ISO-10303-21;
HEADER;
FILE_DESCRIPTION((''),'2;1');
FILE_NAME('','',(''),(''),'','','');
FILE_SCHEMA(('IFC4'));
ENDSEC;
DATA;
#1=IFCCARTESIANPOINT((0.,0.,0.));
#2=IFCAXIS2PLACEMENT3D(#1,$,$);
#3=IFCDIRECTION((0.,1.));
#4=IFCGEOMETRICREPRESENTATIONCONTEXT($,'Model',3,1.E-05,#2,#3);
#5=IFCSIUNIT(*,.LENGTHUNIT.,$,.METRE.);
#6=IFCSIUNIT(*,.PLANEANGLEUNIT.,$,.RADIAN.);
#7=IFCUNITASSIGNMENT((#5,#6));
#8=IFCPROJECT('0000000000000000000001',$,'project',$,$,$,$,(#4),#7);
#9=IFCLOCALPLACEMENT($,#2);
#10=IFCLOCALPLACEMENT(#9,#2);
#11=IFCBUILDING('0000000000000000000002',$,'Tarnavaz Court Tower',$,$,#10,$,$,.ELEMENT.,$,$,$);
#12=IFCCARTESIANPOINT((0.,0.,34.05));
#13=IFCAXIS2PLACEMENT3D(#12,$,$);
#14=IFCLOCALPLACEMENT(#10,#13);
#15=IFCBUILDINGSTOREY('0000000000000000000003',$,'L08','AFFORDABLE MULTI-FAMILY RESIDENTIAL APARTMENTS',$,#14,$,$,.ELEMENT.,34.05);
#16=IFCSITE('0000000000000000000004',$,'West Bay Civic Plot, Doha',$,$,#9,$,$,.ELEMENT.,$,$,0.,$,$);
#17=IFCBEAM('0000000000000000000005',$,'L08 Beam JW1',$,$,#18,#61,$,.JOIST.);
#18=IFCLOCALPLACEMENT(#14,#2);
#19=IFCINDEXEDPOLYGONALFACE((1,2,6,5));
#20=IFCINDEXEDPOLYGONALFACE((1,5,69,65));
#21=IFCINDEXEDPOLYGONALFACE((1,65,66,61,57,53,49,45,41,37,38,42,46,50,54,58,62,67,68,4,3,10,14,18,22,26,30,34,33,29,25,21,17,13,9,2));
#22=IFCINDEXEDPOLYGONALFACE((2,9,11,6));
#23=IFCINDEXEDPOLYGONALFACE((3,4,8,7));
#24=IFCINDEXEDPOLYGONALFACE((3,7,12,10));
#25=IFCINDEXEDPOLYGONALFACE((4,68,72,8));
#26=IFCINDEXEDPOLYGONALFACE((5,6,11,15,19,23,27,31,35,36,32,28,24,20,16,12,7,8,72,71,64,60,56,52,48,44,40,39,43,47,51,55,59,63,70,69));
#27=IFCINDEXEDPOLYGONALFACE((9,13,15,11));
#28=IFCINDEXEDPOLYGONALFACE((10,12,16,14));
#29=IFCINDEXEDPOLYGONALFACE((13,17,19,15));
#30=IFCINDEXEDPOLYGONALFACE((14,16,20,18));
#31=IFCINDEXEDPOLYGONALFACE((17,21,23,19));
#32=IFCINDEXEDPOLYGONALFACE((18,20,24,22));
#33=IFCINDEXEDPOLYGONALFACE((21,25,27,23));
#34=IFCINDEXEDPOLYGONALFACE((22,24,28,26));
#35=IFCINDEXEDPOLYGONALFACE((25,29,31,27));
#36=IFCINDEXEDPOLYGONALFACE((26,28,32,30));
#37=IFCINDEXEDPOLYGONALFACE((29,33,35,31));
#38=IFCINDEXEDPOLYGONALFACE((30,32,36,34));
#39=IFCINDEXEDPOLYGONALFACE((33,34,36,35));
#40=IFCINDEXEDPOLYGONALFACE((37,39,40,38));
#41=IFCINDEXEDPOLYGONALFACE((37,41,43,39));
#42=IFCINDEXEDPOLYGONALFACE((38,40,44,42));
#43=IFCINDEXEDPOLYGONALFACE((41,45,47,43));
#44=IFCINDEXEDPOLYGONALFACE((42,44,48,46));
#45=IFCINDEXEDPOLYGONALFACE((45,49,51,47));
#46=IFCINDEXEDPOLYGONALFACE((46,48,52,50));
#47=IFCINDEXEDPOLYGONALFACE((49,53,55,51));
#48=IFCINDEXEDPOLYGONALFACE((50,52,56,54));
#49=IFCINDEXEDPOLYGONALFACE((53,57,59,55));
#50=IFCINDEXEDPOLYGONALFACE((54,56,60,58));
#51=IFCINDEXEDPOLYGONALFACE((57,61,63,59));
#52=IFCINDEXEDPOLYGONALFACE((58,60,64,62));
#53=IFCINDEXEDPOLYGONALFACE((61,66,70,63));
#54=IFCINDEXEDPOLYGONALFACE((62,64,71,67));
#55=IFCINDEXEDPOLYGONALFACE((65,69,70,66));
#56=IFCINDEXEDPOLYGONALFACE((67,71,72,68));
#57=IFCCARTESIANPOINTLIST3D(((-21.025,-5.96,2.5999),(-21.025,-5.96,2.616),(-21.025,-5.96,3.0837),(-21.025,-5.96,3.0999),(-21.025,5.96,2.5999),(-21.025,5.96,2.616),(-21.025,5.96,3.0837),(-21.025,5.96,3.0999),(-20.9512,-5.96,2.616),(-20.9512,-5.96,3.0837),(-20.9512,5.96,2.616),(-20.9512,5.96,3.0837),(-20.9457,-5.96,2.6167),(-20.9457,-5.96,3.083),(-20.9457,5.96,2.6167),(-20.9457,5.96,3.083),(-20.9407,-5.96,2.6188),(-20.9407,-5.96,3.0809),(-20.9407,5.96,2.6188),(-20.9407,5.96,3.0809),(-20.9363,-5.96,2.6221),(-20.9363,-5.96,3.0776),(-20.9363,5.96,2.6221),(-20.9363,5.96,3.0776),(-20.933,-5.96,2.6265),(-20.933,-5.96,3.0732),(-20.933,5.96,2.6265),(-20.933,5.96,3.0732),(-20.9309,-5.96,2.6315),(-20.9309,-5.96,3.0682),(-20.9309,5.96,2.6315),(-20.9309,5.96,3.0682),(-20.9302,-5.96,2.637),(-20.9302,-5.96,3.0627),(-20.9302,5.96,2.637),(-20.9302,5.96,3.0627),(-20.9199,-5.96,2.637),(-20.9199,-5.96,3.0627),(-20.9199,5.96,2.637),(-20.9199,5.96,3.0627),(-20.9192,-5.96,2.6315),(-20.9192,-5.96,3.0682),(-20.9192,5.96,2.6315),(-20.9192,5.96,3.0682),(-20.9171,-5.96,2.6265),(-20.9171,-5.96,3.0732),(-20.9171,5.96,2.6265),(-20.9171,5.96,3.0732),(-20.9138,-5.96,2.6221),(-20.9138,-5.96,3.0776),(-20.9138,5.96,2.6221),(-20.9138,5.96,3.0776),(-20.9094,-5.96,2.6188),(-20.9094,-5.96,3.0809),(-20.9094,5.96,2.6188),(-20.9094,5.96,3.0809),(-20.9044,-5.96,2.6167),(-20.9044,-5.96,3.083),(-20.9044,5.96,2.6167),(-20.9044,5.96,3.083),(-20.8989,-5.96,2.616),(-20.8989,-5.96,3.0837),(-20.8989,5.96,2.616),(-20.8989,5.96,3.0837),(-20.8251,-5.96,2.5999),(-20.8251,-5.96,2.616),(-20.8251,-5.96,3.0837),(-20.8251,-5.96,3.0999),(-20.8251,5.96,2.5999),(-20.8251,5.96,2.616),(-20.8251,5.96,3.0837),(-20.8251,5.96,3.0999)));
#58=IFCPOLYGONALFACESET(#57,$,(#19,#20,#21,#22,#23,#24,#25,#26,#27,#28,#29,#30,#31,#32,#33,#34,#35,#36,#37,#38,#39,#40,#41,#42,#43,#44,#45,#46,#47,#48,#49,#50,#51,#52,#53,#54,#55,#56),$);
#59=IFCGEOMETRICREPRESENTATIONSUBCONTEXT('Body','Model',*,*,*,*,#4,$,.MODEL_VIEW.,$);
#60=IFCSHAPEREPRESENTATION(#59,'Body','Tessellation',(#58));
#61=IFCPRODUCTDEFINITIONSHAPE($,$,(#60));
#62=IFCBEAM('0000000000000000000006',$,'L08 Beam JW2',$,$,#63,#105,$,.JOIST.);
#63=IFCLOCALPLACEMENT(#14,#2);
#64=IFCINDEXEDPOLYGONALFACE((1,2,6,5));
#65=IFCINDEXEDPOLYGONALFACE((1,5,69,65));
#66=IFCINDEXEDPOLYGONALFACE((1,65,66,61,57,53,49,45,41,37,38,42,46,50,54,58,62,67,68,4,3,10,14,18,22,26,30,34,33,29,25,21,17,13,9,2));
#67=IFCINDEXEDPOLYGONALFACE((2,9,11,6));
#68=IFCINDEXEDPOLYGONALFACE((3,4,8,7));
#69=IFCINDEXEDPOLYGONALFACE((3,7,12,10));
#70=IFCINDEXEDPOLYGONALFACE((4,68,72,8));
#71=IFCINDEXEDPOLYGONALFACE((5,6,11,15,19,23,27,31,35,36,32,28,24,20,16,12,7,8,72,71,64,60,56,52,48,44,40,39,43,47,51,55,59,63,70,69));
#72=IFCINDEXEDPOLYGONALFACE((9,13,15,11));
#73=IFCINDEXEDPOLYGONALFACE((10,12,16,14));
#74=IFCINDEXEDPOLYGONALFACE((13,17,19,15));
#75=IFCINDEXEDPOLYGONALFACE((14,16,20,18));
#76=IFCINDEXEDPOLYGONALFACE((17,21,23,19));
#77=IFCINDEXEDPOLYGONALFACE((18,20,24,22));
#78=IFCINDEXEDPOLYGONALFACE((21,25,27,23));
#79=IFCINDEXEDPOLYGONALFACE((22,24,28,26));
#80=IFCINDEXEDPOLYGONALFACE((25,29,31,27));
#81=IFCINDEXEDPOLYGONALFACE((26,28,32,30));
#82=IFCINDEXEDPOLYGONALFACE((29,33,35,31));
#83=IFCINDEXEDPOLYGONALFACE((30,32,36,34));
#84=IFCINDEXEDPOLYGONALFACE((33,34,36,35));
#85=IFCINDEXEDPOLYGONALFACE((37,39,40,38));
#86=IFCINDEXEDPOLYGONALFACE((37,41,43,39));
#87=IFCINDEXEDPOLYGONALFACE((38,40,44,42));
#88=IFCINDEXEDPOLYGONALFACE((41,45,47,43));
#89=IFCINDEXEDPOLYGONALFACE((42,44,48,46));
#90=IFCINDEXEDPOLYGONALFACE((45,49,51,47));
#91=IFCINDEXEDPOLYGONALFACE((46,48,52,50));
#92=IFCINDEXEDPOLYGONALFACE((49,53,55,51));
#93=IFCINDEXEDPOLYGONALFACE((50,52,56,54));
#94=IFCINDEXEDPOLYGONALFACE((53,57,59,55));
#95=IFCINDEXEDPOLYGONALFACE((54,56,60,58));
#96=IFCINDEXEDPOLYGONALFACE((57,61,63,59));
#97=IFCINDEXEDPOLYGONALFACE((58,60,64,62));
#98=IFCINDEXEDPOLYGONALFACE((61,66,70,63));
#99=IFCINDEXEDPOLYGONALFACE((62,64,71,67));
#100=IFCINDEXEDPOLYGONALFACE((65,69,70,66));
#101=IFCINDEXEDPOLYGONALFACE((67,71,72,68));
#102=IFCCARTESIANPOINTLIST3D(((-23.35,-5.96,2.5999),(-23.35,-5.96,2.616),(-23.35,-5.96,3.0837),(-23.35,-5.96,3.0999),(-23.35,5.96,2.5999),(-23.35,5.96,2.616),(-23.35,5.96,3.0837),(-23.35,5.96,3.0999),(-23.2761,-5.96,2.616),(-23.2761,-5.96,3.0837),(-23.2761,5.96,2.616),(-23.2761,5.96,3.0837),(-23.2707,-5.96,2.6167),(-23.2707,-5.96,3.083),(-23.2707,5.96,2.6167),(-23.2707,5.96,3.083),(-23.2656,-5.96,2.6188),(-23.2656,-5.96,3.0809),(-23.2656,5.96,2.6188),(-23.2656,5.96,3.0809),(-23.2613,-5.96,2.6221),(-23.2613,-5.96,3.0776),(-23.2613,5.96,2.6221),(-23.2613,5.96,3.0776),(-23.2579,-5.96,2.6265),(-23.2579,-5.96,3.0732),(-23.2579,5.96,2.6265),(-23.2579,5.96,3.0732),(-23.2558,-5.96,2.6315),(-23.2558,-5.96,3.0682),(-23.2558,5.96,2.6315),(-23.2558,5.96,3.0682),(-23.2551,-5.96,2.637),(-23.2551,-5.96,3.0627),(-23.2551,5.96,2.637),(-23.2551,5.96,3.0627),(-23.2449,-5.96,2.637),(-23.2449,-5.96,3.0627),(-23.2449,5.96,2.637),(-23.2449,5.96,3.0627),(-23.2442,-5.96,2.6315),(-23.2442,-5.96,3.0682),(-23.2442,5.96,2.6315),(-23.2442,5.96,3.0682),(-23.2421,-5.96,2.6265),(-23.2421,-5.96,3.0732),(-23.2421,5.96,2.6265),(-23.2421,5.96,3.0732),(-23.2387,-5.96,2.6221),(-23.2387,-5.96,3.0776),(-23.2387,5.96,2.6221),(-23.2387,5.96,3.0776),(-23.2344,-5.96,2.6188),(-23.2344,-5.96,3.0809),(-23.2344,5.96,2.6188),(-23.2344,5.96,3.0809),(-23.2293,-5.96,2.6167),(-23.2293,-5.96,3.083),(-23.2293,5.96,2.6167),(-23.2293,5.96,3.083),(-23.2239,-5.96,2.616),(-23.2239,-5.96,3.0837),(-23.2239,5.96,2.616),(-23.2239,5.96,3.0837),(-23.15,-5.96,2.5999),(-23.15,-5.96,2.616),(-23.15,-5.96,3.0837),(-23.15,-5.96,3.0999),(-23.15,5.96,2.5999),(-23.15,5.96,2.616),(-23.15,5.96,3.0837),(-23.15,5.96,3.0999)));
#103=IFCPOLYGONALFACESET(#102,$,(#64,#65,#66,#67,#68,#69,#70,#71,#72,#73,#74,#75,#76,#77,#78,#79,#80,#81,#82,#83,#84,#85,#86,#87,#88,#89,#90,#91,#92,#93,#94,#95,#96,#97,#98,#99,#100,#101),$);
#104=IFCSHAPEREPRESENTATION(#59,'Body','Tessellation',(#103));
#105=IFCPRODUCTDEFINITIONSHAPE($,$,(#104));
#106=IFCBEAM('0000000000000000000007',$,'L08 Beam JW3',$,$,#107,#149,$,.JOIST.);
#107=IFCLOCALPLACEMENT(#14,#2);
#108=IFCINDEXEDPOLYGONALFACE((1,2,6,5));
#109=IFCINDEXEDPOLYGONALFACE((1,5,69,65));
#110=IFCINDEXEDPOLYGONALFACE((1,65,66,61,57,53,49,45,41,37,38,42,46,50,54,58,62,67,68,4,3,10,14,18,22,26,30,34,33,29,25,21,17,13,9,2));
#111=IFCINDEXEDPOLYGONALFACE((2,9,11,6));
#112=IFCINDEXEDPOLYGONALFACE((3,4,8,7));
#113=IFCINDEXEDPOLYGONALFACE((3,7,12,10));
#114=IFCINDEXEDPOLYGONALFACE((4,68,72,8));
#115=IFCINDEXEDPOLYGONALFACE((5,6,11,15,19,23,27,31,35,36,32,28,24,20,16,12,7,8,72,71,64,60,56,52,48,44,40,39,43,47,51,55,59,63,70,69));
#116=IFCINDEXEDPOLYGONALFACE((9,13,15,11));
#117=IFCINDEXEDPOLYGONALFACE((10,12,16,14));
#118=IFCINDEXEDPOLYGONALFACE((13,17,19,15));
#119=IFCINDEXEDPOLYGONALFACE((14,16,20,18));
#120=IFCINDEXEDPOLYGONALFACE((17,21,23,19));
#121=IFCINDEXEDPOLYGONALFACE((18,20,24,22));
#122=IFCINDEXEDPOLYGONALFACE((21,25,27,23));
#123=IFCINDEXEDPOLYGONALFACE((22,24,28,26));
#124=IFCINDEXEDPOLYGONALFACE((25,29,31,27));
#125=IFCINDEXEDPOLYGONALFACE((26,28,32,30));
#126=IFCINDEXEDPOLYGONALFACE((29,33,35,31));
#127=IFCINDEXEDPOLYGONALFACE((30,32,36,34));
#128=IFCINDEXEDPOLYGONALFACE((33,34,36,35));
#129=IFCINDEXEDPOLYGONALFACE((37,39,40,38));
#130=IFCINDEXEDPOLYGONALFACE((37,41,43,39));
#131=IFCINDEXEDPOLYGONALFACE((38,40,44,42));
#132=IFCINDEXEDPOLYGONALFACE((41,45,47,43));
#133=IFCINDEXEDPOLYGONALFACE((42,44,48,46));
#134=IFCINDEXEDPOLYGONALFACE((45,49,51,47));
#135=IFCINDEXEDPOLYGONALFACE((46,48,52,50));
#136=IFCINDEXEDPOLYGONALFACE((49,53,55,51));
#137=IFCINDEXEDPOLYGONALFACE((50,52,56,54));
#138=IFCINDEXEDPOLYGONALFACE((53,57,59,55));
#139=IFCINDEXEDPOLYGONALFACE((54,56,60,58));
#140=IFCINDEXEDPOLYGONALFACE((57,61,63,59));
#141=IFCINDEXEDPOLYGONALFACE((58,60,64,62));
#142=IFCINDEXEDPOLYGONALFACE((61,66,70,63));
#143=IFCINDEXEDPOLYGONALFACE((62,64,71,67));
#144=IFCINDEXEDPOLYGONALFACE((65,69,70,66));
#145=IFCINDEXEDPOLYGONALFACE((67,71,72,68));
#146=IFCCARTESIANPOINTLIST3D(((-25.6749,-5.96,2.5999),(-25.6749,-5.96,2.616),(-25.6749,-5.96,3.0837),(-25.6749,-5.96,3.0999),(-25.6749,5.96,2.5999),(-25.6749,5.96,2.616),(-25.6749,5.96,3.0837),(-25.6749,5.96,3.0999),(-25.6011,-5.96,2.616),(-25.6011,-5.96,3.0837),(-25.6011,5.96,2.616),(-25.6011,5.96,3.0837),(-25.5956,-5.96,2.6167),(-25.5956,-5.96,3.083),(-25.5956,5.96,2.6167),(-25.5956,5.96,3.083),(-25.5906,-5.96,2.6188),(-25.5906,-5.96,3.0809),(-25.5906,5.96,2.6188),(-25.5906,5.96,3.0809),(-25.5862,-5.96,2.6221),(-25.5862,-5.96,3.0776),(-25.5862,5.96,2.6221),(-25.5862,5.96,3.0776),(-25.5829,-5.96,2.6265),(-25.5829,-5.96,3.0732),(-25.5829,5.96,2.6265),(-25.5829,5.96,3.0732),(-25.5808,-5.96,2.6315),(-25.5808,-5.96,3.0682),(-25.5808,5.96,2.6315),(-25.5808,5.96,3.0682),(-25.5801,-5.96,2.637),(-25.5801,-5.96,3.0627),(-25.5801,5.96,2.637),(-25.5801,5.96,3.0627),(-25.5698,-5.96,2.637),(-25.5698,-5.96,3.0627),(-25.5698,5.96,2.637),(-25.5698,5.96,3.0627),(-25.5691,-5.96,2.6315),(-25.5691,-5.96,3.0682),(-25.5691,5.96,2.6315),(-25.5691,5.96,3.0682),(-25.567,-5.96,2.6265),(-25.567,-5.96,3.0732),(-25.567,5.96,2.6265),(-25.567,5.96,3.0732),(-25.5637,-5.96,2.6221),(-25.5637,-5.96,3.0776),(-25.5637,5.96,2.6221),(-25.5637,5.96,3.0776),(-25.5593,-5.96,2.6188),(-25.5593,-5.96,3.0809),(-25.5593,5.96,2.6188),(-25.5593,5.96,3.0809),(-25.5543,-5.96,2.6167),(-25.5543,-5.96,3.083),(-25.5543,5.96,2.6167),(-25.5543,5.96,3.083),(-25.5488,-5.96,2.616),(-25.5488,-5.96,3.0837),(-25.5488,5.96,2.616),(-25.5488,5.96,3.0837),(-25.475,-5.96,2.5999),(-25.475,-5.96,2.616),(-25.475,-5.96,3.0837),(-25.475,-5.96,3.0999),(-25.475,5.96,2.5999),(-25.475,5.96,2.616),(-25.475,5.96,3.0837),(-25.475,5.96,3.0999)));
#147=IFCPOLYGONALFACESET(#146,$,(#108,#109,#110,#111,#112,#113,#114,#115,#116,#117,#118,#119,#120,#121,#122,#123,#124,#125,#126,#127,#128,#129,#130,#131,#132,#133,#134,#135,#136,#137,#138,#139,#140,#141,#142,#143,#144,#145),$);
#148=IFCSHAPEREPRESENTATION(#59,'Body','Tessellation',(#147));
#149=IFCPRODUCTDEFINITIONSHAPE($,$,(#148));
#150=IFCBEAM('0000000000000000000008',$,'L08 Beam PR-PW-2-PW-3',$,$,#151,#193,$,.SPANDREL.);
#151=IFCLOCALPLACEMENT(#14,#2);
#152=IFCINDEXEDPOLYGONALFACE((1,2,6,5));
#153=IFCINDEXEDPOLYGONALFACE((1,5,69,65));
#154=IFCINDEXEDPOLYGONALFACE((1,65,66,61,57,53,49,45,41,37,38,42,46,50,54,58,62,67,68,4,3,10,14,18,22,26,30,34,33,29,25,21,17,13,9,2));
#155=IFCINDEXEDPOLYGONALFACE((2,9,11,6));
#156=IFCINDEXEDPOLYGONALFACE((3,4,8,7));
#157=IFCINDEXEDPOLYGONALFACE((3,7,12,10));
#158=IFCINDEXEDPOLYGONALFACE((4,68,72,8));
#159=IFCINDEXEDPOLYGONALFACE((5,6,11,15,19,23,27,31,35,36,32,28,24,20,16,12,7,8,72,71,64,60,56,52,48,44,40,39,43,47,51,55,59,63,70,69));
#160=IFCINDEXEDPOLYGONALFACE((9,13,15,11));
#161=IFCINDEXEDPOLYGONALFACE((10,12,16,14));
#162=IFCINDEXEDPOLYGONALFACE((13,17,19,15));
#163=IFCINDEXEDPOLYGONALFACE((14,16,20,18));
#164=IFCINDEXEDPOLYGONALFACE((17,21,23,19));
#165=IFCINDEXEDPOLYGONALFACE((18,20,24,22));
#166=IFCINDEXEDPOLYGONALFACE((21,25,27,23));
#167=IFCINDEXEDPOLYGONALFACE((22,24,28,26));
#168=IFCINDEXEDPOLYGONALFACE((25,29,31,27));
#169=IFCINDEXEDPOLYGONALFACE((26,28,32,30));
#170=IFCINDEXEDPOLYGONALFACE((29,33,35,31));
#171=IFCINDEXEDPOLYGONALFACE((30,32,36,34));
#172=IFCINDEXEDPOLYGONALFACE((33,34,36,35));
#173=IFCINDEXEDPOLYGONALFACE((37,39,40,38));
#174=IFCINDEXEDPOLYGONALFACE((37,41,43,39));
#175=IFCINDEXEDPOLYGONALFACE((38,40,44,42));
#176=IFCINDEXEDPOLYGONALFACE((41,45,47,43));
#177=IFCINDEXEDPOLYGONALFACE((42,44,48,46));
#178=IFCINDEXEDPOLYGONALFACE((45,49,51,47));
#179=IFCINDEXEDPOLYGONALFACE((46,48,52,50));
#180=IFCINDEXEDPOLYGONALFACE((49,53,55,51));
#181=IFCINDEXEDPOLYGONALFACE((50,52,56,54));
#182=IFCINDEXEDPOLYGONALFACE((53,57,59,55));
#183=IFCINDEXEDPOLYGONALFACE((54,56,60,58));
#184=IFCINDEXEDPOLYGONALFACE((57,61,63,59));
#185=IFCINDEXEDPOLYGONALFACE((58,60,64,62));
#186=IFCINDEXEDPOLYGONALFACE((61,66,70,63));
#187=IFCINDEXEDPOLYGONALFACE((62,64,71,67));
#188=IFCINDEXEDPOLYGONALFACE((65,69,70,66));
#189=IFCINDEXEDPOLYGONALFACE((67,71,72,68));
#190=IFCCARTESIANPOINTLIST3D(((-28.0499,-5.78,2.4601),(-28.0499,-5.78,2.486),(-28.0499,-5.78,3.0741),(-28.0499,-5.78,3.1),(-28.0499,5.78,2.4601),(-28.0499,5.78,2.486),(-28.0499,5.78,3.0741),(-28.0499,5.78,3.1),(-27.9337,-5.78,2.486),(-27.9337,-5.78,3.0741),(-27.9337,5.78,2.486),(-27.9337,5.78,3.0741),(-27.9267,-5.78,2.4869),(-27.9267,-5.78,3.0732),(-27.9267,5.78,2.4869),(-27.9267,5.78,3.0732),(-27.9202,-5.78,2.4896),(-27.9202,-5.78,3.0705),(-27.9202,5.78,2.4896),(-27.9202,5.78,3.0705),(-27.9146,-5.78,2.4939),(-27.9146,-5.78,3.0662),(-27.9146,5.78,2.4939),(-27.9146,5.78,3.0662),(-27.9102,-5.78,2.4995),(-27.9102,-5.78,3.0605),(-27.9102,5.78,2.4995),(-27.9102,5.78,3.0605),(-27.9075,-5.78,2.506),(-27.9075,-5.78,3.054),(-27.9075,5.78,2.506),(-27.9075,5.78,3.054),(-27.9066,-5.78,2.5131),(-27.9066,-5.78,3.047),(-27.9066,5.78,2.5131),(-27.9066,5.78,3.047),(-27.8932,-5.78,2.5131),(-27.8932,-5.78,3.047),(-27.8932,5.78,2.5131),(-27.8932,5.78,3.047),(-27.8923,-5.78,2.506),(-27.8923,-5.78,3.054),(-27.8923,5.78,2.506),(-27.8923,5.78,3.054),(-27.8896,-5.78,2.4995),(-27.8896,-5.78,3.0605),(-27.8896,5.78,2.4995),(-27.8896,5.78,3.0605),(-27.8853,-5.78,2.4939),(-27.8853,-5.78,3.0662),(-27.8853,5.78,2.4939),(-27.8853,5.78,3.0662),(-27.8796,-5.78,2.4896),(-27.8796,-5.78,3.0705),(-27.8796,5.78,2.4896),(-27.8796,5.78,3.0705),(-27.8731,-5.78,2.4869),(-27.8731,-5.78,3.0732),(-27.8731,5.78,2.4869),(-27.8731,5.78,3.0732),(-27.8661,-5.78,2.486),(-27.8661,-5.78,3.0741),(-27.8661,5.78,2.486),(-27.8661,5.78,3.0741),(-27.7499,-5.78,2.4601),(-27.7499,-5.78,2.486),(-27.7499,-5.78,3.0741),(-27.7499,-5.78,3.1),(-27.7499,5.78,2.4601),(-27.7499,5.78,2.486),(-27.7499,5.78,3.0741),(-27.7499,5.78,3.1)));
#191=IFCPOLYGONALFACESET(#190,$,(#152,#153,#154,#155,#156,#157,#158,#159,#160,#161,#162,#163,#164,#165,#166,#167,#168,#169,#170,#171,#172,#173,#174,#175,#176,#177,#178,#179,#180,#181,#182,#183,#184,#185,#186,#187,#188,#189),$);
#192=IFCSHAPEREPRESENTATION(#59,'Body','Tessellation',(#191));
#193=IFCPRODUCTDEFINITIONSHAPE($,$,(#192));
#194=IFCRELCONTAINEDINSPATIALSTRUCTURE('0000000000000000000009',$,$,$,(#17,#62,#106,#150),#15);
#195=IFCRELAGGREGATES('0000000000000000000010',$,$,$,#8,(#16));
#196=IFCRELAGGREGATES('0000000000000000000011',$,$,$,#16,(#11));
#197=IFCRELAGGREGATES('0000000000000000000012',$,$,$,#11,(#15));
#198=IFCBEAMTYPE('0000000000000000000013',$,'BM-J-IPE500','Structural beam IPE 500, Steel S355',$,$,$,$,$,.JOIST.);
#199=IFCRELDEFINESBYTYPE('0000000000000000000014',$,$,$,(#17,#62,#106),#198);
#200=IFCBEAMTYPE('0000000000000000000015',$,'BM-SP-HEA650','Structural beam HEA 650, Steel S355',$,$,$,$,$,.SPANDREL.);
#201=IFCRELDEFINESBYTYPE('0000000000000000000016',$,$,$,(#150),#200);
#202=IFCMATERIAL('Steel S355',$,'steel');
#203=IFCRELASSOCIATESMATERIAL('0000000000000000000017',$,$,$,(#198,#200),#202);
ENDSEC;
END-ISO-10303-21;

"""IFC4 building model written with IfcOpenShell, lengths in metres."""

from ifc_helpers import new_model, si_unit, direction, frame, origin, origin_2d, place, context, subcontext, project, spatial, i_section, extrude, material, material_profile, profile_set, type_object, element, save


model = new_model("IFC4")

# Units and contexts
model_context = context("Model", 3, precision=1e-05, world=origin(), true_north=direction((0.0, 1.0)))
body_context = subcontext(model_context, "Body", "Model", "MODEL_VIEW")
ifc_project = project(units=[si_unit("LENGTHUNIT", "METRE"), si_unit("PLANEANGLEUNIT", "RADIAN")], contexts=[model_context])

# Site, building, storey
site_placement = place(None, origin())
site = spatial("IfcSite", under=ifc_project, at=site_placement, Name="West Bay Civic Plot, Doha", CompositionType="ELEMENT", RefElevation=0.0)
building_placement = place(site_placement, origin())
building = spatial("IfcBuilding", under=site, at=building_placement, Name="Tarnavaz Court Tower", CompositionType="ELEMENT")
storey_placement = place(building_placement, frame((0.0, 0.0, 34.05)))
storey = spatial("IfcBuildingStorey", under=building, at=storey_placement, Name="L08", Description="AFFORDABLE MULTI-FAMILY RESIDENTIAL APARTMENTS", CompositionType="ELEMENT", Elevation=34.05)

# Beams
ifc_material_1 = material(Name="Steel S355", Category="steel")
ifc_material_profile_1 = material_profile(ifc_material_1, i_section(OverallWidth=0.2, OverallDepth=0.5, WebThickness=0.0103, FlangeThickness=0.0161, FilletRadius=0.021, at=origin_2d()), Name="IPE 500")
ifc_profile_set_1 = profile_set([ifc_material_profile_1], Name="Steel S355")
beam_type_1 = type_object("IfcBeamType", Name="BM-J-IPE500", Description="Structural beam IPE 500, Steel S355", PredefinedType="JOIST", material=ifc_profile_set_1)
for number, where, z_axis, x_axis, name in (
    (1, (-20.925, -5.96, 2.8499), (0.0, 1.0, 0.0), (-1.0, 0.0, 0.0), "L08 Beam JW1"),
    (2, (-23.25, -5.96, 2.8499), (0.0, 1.0, 0.0), (-1.0, 0.0, 0.0), "L08 Beam JW2"),
    (3, (-25.575, -5.96, 2.8499), (0.0, 1.0, 0.0), (-1.0, 0.0, 0.0), "L08 Beam JW3"),
):
    element("IfcBeam", number, at=place(storey_placement, frame(where, z_axis=z_axis, x_axis=x_axis)), inside=storey, type_object=beam_type_1, Name=name, PredefinedType="JOIST", context=body_context, shape_type="SweptSolid", body=[
        extrude(i_section(OverallWidth=0.2, OverallDepth=0.5, WebThickness=0.0103, FlangeThickness=0.0161, FilletRadius=0.021, at=origin_2d()), origin(), (0.0, 0.0, 1.0), 11.9199),
    ])
ifc_material_profile_2 = material_profile(ifc_material_1, i_section(OverallWidth=0.3, OverallDepth=0.6399, WebThickness=0.0134, FlangeThickness=0.0259, FilletRadius=0.0271, at=origin_2d()), Name="HEA 650")
ifc_profile_set_2 = profile_set([ifc_material_profile_2], Name="Steel S355")
beam_type_2 = type_object("IfcBeamType", Name="BM-SP-HEA650", Description="Structural beam HEA 650, Steel S355", PredefinedType="SPANDREL", material=ifc_profile_set_2)
beam_1_placement = place(storey_placement, frame((-27.8999, -5.78, 2.78), z_axis=(0.0, 1.0, 0.0), x_axis=(-1.0, 0.0, 0.0)))
element("IfcBeam", 4, at=beam_1_placement, inside=storey, type_object=beam_type_2, Name="L08 Beam PR-PW-2-PW-3", PredefinedType="SPANDREL", context=body_context, shape_type="SweptSolid", body=[
    extrude(i_section(OverallWidth=0.3, OverallDepth=0.6399, WebThickness=0.0134, FlangeThickness=0.0259, FilletRadius=0.0271, at=origin_2d()), origin(), (0.0, 0.0, 1.0), 11.5601),
])

save(model, "model.ifc")
